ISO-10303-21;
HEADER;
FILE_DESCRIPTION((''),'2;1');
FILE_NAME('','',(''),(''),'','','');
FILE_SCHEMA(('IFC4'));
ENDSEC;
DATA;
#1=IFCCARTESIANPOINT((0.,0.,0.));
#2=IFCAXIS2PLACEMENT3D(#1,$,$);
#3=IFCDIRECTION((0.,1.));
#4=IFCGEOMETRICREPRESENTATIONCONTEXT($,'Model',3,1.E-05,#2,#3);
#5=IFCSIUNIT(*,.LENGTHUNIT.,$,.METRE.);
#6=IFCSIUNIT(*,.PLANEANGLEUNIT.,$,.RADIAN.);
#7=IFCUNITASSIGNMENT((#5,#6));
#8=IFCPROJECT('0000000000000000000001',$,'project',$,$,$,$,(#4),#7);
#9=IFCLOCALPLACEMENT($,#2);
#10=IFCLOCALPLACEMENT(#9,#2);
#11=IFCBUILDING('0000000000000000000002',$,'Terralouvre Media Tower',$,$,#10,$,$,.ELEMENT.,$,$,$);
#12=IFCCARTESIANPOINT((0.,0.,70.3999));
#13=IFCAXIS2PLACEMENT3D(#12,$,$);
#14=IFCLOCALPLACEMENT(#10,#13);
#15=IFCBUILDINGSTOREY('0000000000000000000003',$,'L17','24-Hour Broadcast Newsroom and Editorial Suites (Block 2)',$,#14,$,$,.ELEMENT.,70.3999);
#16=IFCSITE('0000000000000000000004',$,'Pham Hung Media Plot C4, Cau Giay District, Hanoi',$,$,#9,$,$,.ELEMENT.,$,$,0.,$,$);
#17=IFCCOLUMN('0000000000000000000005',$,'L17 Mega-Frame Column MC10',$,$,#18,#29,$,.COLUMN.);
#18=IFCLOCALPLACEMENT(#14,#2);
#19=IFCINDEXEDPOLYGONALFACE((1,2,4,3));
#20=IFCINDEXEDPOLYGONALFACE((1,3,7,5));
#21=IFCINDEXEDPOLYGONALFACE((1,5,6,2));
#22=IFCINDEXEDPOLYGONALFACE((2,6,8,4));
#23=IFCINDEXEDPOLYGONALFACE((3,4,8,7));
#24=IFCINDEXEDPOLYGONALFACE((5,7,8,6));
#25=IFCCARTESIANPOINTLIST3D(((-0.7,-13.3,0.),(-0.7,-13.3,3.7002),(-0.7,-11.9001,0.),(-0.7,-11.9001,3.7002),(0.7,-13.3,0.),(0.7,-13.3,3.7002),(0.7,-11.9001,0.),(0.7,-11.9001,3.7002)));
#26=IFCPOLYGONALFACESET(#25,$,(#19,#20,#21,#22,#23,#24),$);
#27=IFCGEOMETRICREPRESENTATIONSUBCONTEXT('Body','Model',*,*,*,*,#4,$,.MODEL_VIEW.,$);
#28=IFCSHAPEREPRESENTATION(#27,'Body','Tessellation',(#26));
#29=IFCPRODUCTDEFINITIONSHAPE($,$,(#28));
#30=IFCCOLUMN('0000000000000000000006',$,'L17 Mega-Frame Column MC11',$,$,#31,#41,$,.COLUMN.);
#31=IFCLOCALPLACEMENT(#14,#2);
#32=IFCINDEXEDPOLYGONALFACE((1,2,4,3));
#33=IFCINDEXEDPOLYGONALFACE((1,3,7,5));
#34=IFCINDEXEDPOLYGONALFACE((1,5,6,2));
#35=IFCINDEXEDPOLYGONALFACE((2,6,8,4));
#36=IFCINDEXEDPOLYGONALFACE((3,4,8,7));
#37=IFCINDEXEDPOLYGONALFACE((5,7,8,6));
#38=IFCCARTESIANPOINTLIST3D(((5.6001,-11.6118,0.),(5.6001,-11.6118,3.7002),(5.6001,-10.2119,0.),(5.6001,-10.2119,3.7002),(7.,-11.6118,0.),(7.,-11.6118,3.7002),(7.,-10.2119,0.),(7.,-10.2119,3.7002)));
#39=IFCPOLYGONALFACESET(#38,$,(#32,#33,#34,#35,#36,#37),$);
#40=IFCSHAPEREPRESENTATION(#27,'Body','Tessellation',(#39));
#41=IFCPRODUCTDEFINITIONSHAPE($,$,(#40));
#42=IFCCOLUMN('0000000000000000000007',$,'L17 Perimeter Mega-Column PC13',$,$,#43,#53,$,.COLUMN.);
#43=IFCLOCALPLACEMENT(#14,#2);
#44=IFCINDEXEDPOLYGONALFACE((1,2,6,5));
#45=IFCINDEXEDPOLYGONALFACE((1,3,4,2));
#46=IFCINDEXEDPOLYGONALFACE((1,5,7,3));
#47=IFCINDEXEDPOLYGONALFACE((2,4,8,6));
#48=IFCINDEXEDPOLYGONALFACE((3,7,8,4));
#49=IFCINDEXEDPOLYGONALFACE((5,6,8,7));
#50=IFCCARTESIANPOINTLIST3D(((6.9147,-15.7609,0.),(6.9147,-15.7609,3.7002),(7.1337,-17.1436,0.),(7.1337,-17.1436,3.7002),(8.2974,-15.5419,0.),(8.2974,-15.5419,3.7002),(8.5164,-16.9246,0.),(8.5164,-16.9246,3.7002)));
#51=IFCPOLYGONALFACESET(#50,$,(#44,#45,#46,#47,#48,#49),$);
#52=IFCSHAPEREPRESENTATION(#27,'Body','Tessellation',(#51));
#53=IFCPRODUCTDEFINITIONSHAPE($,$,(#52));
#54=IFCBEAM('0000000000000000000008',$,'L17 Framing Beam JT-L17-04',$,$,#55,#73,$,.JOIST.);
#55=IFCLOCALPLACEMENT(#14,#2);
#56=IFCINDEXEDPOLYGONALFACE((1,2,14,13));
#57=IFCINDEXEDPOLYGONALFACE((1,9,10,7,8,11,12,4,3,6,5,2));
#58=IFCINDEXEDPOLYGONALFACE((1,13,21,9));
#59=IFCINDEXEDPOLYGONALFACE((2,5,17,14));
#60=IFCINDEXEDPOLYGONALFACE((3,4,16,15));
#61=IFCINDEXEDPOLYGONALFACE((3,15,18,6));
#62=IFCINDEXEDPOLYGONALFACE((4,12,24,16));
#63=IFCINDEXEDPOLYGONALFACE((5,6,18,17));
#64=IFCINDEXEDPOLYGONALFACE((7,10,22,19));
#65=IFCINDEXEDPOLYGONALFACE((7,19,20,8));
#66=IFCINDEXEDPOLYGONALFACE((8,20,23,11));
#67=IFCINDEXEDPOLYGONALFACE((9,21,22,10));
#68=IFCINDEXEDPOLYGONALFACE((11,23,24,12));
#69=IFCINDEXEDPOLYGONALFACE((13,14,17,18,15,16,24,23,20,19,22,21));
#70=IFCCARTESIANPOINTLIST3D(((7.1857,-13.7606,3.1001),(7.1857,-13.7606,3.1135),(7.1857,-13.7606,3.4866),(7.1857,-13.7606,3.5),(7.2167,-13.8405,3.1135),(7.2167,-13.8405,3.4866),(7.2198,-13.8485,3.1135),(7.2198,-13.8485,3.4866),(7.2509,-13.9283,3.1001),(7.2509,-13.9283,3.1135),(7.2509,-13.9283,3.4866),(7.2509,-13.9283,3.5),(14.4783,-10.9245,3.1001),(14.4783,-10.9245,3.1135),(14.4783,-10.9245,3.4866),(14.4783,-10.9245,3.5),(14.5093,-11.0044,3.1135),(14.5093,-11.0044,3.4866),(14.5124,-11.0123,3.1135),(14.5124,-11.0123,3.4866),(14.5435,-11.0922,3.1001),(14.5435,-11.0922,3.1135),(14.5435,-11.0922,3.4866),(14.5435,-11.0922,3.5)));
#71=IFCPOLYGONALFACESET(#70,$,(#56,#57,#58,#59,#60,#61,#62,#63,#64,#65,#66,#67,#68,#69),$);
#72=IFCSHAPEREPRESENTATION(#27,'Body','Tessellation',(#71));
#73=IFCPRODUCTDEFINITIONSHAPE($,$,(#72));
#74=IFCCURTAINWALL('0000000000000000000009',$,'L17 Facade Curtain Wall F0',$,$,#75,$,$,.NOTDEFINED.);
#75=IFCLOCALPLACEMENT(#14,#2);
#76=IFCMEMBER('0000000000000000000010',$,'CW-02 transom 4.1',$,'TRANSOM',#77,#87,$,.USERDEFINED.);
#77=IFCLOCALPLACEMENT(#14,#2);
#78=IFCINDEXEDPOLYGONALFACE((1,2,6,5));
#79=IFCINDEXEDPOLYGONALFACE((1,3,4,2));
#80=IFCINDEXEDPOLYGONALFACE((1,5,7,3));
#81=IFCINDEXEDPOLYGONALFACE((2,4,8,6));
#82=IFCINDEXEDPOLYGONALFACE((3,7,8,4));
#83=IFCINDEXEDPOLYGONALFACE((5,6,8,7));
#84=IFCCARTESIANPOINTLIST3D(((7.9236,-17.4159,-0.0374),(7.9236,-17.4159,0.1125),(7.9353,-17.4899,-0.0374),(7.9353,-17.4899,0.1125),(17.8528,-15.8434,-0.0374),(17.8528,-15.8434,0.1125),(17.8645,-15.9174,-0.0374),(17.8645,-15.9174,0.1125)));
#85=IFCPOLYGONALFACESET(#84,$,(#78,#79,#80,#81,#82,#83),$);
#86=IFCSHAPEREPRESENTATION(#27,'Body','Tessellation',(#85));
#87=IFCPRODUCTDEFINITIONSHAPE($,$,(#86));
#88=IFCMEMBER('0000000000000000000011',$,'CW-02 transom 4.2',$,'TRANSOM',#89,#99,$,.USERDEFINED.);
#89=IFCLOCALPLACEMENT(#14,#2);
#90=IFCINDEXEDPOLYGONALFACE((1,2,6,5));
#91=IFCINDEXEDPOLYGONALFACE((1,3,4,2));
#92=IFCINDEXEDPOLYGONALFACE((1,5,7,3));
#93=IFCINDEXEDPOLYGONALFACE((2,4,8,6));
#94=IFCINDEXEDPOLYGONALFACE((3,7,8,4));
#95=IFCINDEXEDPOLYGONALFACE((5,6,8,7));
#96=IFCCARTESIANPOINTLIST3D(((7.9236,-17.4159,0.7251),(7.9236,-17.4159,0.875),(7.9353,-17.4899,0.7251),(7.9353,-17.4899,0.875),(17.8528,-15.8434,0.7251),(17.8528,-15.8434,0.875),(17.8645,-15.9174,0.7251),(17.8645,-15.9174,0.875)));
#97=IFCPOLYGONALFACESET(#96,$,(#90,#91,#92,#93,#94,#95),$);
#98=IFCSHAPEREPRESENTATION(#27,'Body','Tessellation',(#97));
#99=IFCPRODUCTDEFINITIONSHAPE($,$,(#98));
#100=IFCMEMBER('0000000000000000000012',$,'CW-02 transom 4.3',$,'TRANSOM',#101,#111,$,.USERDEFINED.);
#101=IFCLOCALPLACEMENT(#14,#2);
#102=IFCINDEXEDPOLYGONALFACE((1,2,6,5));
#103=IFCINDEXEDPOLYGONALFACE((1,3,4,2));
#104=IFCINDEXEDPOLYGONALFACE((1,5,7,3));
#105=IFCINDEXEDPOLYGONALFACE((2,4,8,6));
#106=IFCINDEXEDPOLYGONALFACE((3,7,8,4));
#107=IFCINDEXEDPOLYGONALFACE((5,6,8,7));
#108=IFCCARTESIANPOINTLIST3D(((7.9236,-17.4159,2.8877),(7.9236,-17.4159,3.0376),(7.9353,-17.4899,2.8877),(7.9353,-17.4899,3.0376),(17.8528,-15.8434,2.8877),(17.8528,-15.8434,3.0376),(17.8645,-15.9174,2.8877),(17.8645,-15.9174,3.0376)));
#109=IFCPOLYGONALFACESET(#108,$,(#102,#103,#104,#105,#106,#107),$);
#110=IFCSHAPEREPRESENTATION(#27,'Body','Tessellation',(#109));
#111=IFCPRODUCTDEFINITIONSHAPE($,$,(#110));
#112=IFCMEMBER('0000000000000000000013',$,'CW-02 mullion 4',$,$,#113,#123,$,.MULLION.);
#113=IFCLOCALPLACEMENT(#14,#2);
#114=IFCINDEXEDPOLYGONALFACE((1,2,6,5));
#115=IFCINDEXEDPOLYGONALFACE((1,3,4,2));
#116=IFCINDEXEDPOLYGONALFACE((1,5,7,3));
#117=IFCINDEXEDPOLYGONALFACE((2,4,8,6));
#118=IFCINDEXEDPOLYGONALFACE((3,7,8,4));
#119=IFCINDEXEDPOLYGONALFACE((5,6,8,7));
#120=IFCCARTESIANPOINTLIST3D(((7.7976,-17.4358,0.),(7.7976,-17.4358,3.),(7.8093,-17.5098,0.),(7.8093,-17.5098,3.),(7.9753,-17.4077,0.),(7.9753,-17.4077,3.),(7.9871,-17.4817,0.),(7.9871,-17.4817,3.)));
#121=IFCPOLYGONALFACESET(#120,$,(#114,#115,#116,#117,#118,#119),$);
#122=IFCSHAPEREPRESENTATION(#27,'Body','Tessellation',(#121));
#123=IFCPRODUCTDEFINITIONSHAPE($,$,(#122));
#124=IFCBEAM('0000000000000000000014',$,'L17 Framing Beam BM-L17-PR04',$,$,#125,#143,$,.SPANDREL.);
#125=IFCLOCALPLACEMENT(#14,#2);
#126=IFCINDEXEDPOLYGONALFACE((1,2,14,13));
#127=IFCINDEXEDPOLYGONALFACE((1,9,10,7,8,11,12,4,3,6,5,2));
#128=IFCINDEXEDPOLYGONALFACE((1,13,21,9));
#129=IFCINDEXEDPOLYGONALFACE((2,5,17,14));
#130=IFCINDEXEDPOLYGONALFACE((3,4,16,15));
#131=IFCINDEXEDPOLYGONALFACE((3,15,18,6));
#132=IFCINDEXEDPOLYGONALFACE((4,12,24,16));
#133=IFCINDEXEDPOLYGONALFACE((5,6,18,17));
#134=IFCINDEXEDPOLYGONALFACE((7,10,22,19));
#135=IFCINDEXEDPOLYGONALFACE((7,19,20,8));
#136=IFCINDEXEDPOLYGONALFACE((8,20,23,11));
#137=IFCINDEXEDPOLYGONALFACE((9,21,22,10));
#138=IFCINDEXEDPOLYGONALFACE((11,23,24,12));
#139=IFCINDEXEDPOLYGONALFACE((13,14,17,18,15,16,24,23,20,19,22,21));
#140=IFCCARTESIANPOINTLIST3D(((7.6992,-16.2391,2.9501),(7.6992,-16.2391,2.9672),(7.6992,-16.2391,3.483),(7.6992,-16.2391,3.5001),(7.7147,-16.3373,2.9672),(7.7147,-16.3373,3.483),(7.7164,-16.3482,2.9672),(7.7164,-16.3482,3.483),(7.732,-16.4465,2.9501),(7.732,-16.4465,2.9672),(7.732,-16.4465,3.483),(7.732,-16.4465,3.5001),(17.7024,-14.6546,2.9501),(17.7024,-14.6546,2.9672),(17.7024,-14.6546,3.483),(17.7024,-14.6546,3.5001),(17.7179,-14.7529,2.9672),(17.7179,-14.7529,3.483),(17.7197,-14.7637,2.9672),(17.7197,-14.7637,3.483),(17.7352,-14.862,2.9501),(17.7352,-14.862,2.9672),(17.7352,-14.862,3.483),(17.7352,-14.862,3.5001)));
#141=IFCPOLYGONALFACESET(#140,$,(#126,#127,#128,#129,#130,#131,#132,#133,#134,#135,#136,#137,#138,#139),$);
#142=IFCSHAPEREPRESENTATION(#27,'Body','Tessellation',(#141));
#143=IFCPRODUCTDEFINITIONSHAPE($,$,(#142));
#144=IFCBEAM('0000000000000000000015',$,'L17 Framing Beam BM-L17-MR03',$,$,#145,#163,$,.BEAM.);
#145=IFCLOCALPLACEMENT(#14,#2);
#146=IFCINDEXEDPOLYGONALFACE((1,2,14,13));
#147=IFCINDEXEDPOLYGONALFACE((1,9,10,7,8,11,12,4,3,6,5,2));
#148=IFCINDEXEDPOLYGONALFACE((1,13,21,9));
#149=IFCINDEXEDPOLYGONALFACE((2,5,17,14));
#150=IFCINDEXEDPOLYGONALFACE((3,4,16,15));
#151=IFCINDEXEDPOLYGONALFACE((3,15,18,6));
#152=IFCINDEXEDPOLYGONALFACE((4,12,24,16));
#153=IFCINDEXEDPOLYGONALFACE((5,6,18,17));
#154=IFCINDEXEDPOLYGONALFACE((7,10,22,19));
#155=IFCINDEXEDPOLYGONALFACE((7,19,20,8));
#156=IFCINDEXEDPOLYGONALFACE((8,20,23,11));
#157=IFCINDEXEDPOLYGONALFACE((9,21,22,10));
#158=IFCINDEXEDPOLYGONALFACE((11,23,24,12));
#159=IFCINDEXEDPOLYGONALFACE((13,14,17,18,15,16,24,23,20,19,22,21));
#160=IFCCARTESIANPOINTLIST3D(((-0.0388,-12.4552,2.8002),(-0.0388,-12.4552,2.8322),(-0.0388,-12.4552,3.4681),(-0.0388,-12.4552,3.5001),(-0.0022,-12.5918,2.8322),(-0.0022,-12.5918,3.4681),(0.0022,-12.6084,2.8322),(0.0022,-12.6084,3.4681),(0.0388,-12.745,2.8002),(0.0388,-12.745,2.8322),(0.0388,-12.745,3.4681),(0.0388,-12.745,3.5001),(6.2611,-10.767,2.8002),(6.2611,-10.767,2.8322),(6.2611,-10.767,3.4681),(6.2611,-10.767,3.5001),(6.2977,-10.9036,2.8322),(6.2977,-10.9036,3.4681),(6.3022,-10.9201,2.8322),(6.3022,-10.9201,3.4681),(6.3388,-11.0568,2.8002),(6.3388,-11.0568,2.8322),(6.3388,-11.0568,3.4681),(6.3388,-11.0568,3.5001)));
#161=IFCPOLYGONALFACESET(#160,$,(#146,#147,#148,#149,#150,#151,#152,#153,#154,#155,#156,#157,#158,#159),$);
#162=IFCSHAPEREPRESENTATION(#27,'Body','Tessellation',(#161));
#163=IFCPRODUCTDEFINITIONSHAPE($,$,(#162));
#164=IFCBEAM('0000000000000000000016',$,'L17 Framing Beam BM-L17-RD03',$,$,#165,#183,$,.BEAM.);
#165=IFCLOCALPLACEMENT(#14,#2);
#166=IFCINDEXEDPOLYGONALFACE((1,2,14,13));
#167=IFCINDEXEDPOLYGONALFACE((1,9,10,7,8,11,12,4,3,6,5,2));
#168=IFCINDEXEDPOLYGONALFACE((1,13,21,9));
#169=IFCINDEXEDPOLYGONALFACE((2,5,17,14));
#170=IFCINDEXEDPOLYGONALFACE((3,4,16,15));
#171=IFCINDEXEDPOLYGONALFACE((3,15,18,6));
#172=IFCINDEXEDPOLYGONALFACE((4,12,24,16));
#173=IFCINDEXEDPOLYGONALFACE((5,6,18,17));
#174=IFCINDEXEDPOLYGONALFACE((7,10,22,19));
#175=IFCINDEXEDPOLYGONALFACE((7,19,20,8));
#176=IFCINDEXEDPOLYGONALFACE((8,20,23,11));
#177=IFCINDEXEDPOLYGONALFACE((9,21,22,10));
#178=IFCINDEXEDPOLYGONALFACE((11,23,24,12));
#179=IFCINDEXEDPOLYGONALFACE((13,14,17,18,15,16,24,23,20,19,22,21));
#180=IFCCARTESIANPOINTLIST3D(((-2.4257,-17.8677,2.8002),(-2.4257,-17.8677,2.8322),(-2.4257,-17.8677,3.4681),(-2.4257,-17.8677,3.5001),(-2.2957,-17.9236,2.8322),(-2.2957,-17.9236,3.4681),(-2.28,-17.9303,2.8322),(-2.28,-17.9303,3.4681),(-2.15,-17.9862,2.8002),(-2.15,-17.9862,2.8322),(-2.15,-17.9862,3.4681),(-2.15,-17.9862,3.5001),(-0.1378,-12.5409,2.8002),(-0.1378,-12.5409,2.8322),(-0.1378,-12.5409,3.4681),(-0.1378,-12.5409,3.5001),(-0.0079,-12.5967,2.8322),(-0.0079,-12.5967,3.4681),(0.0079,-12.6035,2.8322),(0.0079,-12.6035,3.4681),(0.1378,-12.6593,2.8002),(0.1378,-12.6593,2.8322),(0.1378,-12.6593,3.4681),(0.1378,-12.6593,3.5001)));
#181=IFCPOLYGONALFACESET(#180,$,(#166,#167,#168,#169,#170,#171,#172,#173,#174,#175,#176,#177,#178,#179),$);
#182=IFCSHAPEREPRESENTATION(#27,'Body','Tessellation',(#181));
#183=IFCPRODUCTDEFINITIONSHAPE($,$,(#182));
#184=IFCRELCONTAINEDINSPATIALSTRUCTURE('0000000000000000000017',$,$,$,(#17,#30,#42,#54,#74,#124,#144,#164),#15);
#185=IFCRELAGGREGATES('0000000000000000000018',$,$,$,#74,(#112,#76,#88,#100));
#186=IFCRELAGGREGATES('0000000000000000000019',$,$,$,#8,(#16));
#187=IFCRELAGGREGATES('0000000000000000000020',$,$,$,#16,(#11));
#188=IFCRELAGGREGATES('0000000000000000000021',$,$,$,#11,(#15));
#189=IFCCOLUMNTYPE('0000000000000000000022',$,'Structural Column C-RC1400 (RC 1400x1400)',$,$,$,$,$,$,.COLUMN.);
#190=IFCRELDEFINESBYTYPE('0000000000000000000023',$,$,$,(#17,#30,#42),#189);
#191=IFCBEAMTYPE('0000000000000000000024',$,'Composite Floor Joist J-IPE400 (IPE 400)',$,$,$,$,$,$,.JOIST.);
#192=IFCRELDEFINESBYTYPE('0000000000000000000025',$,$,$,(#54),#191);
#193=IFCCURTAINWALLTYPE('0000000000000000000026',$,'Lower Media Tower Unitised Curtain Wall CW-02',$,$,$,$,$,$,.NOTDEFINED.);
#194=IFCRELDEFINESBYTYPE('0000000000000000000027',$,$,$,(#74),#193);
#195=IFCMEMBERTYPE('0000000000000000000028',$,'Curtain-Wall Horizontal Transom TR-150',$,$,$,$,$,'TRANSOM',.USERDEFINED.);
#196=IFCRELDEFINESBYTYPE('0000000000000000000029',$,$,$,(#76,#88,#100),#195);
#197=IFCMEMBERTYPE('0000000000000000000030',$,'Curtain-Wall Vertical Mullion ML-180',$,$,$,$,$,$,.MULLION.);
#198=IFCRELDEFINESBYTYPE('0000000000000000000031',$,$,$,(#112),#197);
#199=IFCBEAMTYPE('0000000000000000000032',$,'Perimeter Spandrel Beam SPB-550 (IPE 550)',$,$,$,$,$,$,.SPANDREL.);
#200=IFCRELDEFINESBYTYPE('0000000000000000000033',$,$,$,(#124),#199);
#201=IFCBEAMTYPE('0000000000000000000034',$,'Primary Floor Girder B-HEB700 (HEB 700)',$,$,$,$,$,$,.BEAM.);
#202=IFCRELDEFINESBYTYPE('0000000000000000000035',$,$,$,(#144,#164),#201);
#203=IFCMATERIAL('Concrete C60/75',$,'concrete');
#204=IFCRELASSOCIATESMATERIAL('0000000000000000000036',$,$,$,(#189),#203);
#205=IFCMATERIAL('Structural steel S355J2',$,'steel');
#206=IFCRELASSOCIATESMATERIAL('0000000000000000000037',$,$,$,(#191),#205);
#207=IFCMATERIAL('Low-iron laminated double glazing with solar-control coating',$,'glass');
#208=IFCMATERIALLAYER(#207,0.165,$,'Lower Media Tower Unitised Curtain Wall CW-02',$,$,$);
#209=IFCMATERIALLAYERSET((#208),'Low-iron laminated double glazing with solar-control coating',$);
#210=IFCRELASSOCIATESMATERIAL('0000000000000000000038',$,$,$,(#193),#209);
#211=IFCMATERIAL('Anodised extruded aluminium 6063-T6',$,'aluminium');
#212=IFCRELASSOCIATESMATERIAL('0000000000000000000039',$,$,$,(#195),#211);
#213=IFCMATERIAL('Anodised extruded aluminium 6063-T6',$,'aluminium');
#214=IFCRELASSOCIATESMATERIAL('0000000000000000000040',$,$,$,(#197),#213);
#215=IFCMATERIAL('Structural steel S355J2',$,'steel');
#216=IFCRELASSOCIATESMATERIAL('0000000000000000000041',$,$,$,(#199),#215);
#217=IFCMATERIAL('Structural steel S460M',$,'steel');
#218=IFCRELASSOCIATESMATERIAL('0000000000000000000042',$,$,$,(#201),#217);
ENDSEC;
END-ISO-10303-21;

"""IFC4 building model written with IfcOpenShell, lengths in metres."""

from ifc_helpers import new_model, si_unit, direction, frame, origin, origin_2d, place, context, subcontext, project, spatial, rectangle, i_section, extrude, material, layer, layer_set, material_profile, profile_set, type_object, element, aggregate, save


model = new_model("IFC4")

# Units and contexts
model_context = context("Model", 3, precision=1e-05, world=origin(), true_north=direction((0.0, 1.0)))
body_context = subcontext(model_context, "Body", "Model", "MODEL_VIEW")
ifc_project = project(units=[si_unit("LENGTHUNIT", "METRE"), si_unit("PLANEANGLEUNIT", "RADIAN")], contexts=[model_context])

# Site, building, storey
site_placement = place(None, origin())
site = spatial("IfcSite", under=ifc_project, at=site_placement, Name="Pham Hung Media Plot C4, Cau Giay District, Hanoi", CompositionType="ELEMENT", RefElevation=0.0)
building_placement = place(site_placement, origin())
building = spatial("IfcBuilding", under=site, at=building_placement, Name="Terralouvre Media Tower", CompositionType="ELEMENT")
storey_placement = place(building_placement, frame((0.0, 0.0, 70.3999)))
storey = spatial("IfcBuildingStorey", under=building, at=storey_placement, Name="L17", Description="24-Hour Broadcast Newsroom and Editorial Suites (Block 2)", CompositionType="ELEMENT", Elevation=70.3999)

# Columns
ifc_material_1 = material(Name="Concrete C60/75", Category="concrete")
ifc_material_profile_1 = material_profile(ifc_material_1, rectangle(XDim=1.3999, YDim=1.3999, at=origin_2d()), Name="RC 1400x1400")
ifc_profile_set_1 = profile_set([ifc_material_profile_1], Name="Concrete C60/75")
column_type = type_object("IfcColumnType", Name="Structural Column C-RC1400 (RC 1400x1400)", PredefinedType="COLUMN", material=ifc_profile_set_1)
for number, where, z_axis, x_axis, name in (
    (1, (0.0, -12.6001, 0.0), (0.0, 0.0, 1.0), (1.0, 0.0, 0.0), "L17 Mega-Frame Column MC10"),
    (2, (6.3, -10.9119, 0.0), (0.0, 0.0, 1.0), (1.0, 0.0, 0.0), "L17 Mega-Frame Column MC11"),
    (3, (7.7156, -16.3428, 0.0), (0.0, 0.0, 1.0), (0.987688, 0.156434, 0.0), "L17 Perimeter Mega-Column PC13"),
):
    element("IfcColumn", number, at=place(storey_placement, frame(where, z_axis=z_axis, x_axis=x_axis)), inside=storey, type_object=column_type, Name=name, PredefinedType="COLUMN", context=body_context, shape_type="SweptSolid", body=[
        extrude(rectangle(XDim=1.3999, YDim=1.3999, at=origin_2d()), origin(), (0.0, 0.0, 1.0), 3.7002),
    ])

# Beam
ifc_material_2 = material(Name="Structural steel S355J2", Category="steel")
ifc_material_profile_2 = material_profile(ifc_material_2, i_section(OverallWidth=0.1799, OverallDepth=0.3999, WebThickness=0.0085, FlangeThickness=0.0134, at=origin_2d()), Name="IPE 400")
ifc_profile_set_2 = profile_set([ifc_material_profile_2], Name="Structural steel S355J2")
beam_type_1 = type_object("IfcBeamType", Name="Composite Floor Joist J-IPE400 (IPE 400)", PredefinedType="JOIST", material=ifc_profile_set_2)
beam_1_placement = place(storey_placement, frame((7.2183, -13.8445, 3.3), z_axis=(0.931999, 0.36246, 0.0), x_axis=(-0.36246, 0.931999, 0.0)))
element("IfcBeam", 4, at=beam_1_placement, inside=storey, type_object=beam_type_1, Name="L17 Framing Beam JT-L17-04", PredefinedType="JOIST", context=body_context, shape_type="SweptSolid", body=[
    extrude(i_section(OverallWidth=0.1799, OverallDepth=0.3999, WebThickness=0.0085, FlangeThickness=0.0134, at=origin_2d()), origin(), (0.0, 0.0, 1.0), 7.8247),
])

# Curtain wall, members
ifc_material_3 = material(Name="Low-iron laminated double glazing with solar-control coating", Category="glass")
ifc_layer_1 = layer(ifc_material_3, 0.165, Name="Lower Media Tower Unitised Curtain Wall CW-02")
ifc_layer_set_1 = layer_set([ifc_layer_1], Name="Low-iron laminated double glazing with solar-control coating")
curtain_wall_type = type_object("IfcCurtainWallType", Name="Lower Media Tower Unitised Curtain Wall CW-02", PredefinedType="NOTDEFINED", material=ifc_layer_set_1)
curtain_wall_placement = place(storey_placement, origin())
curtain_wall = element("IfcCurtainWall", 5, at=curtain_wall_placement, inside=storey, type_object=curtain_wall_type, Name="L17 Facade Curtain Wall F0", PredefinedType="NOTDEFINED")
ifc_material_4 = material(Name="Anodised extruded aluminium 6063-T6", Category="aluminium")
ifc_material_profile_3 = material_profile(ifc_material_4, rectangle(XDim=0.075, YDim=0.1499, at=origin_2d()), Name="ALU 75x150")
ifc_profile_set_3 = profile_set([ifc_material_profile_3], Name="Anodised extruded aluminium 6063-T6")
member_type_1 = type_object("IfcMemberType", Name="Curtain-Wall Horizontal Transom TR-150", ElementType="TRANSOM", PredefinedType="USERDEFINED", material=ifc_profile_set_3)
member_1_placement = place(storey_placement, frame((7.9294, -17.4529, 0.0376), z_axis=(0.98769, 0.156423, 0.0), x_axis=(-0.156423, 0.98769, 0.0)))
member_1 = element("IfcMember", 6, at=member_1_placement, type_object=member_type_1, Name="CW-02 transom 4.1", ObjectType="TRANSOM", PredefinedType="USERDEFINED", context=body_context, shape_type="SweptSolid", body=[
    extrude(rectangle(XDim=0.075, YDim=0.1499, at=origin_2d()), origin(), (0.0, 0.0, 1.0), 10.053),
])
member_2_placement = place(storey_placement, frame((7.9294, -17.4529, 0.8), z_axis=(0.98769, 0.156423, 0.0), x_axis=(-0.156423, 0.98769, 0.0)))
member_2 = element("IfcMember", 7, at=member_2_placement, type_object=member_type_1, Name="CW-02 transom 4.2", ObjectType="TRANSOM", PredefinedType="USERDEFINED", context=body_context, shape_type="SweptSolid", body=[
    extrude(rectangle(XDim=0.075, YDim=0.1499, at=origin_2d()), origin(), (0.0, 0.0, 1.0), 10.053),
])
member_3_placement = place(storey_placement, frame((7.9294, -17.4529, 2.9626), z_axis=(0.98769, 0.156423, 0.0), x_axis=(-0.156423, 0.98769, 0.0)))
member_3 = element("IfcMember", 8, at=member_3_placement, type_object=member_type_1, Name="CW-02 transom 4.3", ObjectType="TRANSOM", PredefinedType="USERDEFINED", context=body_context, shape_type="SweptSolid", body=[
    extrude(rectangle(XDim=0.075, YDim=0.1499, at=origin_2d()), origin(), (0.0, 0.0, 1.0), 10.053),
])
ifc_material_5 = material(Name="Anodised extruded aluminium 6063-T6", Category="aluminium")
ifc_material_profile_4 = material_profile(ifc_material_5, rectangle(XDim=0.075, YDim=0.1799, at=origin_2d()), Name="ALU 75x180")
ifc_profile_set_4 = profile_set([ifc_material_profile_4], Name="Anodised extruded aluminium 6063-T6")
member_type_2 = type_object("IfcMemberType", Name="Curtain-Wall Vertical Mullion ML-180", PredefinedType="MULLION", material=ifc_profile_set_4)
member_4_placement = place(storey_placement, frame((7.8923, -17.4587, 0.0), z_axis=(0.0, 0.0, 1.0), x_axis=(-0.156434, 0.987688, 0.0)))
member_4 = element("IfcMember", 9, at=member_4_placement, type_object=member_type_2, Name="CW-02 mullion 4", PredefinedType="MULLION", context=body_context, shape_type="SweptSolid", body=[
    extrude(rectangle(XDim=0.075, YDim=0.1799, at=origin_2d()), origin(), (0.0, 0.0, 1.0), 3.0),
])

# Beams
ifc_material_6 = material(Name="Structural steel S355J2", Category="steel")
ifc_material_profile_5 = material_profile(ifc_material_6, i_section(OverallWidth=0.21, OverallDepth=0.55, WebThickness=0.011, FlangeThickness=0.0171, at=origin_2d()), Name="IPE 550")
ifc_profile_set_5 = profile_set([ifc_material_profile_5], Name="Structural steel S355J2")
beam_type_2 = type_object("IfcBeamType", Name="Perimeter Spandrel Beam SPB-550 (IPE 550)", PredefinedType="SPANDREL", material=ifc_profile_set_5)
beam_2_placement = place(storey_placement, frame((7.7156, -16.3428, 3.2251), z_axis=(0.987686, 0.156447, 0.0), x_axis=(-0.156447, 0.987686, 0.0)))
element("IfcBeam", 10, at=beam_2_placement, inside=storey, type_object=beam_type_2, Name="L17 Framing Beam BM-L17-PR04", PredefinedType="SPANDREL", context=body_context, shape_type="SweptSolid", body=[
    extrude(i_section(OverallWidth=0.21, OverallDepth=0.55, WebThickness=0.011, FlangeThickness=0.0171, at=origin_2d()), origin(), (0.0, 0.0, 1.0), 10.1279),
])
ifc_material_7 = material(Name="Structural steel S460M", Category="steel")
ifc_material_profile_6 = material_profile(ifc_material_7, i_section(OverallWidth=0.3, OverallDepth=0.7, WebThickness=0.0171, FlangeThickness=0.032, at=origin_2d()), Name="HEB 700")
ifc_profile_set_6 = profile_set([ifc_material_profile_6], Name="Structural steel S460M")
beam_type_3 = type_object("IfcBeamType", Name="Primary Floor Girder B-HEB700 (HEB 700)", PredefinedType="BEAM", material=ifc_profile_set_6)
beam_3_placement = place(storey_placement, frame((0.0, -12.6001, 3.1501), z_axis=(0.96592, 0.258839, 0.0), x_axis=(-0.258839, 0.96592, 0.0)))
element("IfcBeam", 11, at=beam_3_placement, inside=storey, type_object=beam_type_3, Name="L17 Framing Beam BM-L17-MR03", PredefinedType="BEAM", context=body_context, shape_type="SweptSolid", body=[
    extrude(i_section(OverallWidth=0.3, OverallDepth=0.7, WebThickness=0.0171, FlangeThickness=0.032, at=origin_2d()), origin(), (0.0, 0.0, 1.0), 6.5222),
])
beam_4_placement = place(storey_placement, frame((0.0, -12.6001, 3.1501), z_axis=(-0.394631, -0.91884, 0.0), x_axis=(0.91884, -0.394631, 0.0)))
element("IfcBeam", 12, at=beam_4_placement, inside=storey, type_object=beam_type_3, Name="L17 Framing Beam BM-L17-RD03", PredefinedType="BEAM", context=body_context, shape_type="SweptSolid", body=[
    extrude(i_section(OverallWidth=0.3, OverallDepth=0.7, WebThickness=0.0171, FlangeThickness=0.032, at=origin_2d()), origin(), (0.0, 0.0, 1.0), 5.7974),
])

aggregate(curtain_wall, [member_4, member_1, member_2, member_3])

save(model, "model.ifc")
